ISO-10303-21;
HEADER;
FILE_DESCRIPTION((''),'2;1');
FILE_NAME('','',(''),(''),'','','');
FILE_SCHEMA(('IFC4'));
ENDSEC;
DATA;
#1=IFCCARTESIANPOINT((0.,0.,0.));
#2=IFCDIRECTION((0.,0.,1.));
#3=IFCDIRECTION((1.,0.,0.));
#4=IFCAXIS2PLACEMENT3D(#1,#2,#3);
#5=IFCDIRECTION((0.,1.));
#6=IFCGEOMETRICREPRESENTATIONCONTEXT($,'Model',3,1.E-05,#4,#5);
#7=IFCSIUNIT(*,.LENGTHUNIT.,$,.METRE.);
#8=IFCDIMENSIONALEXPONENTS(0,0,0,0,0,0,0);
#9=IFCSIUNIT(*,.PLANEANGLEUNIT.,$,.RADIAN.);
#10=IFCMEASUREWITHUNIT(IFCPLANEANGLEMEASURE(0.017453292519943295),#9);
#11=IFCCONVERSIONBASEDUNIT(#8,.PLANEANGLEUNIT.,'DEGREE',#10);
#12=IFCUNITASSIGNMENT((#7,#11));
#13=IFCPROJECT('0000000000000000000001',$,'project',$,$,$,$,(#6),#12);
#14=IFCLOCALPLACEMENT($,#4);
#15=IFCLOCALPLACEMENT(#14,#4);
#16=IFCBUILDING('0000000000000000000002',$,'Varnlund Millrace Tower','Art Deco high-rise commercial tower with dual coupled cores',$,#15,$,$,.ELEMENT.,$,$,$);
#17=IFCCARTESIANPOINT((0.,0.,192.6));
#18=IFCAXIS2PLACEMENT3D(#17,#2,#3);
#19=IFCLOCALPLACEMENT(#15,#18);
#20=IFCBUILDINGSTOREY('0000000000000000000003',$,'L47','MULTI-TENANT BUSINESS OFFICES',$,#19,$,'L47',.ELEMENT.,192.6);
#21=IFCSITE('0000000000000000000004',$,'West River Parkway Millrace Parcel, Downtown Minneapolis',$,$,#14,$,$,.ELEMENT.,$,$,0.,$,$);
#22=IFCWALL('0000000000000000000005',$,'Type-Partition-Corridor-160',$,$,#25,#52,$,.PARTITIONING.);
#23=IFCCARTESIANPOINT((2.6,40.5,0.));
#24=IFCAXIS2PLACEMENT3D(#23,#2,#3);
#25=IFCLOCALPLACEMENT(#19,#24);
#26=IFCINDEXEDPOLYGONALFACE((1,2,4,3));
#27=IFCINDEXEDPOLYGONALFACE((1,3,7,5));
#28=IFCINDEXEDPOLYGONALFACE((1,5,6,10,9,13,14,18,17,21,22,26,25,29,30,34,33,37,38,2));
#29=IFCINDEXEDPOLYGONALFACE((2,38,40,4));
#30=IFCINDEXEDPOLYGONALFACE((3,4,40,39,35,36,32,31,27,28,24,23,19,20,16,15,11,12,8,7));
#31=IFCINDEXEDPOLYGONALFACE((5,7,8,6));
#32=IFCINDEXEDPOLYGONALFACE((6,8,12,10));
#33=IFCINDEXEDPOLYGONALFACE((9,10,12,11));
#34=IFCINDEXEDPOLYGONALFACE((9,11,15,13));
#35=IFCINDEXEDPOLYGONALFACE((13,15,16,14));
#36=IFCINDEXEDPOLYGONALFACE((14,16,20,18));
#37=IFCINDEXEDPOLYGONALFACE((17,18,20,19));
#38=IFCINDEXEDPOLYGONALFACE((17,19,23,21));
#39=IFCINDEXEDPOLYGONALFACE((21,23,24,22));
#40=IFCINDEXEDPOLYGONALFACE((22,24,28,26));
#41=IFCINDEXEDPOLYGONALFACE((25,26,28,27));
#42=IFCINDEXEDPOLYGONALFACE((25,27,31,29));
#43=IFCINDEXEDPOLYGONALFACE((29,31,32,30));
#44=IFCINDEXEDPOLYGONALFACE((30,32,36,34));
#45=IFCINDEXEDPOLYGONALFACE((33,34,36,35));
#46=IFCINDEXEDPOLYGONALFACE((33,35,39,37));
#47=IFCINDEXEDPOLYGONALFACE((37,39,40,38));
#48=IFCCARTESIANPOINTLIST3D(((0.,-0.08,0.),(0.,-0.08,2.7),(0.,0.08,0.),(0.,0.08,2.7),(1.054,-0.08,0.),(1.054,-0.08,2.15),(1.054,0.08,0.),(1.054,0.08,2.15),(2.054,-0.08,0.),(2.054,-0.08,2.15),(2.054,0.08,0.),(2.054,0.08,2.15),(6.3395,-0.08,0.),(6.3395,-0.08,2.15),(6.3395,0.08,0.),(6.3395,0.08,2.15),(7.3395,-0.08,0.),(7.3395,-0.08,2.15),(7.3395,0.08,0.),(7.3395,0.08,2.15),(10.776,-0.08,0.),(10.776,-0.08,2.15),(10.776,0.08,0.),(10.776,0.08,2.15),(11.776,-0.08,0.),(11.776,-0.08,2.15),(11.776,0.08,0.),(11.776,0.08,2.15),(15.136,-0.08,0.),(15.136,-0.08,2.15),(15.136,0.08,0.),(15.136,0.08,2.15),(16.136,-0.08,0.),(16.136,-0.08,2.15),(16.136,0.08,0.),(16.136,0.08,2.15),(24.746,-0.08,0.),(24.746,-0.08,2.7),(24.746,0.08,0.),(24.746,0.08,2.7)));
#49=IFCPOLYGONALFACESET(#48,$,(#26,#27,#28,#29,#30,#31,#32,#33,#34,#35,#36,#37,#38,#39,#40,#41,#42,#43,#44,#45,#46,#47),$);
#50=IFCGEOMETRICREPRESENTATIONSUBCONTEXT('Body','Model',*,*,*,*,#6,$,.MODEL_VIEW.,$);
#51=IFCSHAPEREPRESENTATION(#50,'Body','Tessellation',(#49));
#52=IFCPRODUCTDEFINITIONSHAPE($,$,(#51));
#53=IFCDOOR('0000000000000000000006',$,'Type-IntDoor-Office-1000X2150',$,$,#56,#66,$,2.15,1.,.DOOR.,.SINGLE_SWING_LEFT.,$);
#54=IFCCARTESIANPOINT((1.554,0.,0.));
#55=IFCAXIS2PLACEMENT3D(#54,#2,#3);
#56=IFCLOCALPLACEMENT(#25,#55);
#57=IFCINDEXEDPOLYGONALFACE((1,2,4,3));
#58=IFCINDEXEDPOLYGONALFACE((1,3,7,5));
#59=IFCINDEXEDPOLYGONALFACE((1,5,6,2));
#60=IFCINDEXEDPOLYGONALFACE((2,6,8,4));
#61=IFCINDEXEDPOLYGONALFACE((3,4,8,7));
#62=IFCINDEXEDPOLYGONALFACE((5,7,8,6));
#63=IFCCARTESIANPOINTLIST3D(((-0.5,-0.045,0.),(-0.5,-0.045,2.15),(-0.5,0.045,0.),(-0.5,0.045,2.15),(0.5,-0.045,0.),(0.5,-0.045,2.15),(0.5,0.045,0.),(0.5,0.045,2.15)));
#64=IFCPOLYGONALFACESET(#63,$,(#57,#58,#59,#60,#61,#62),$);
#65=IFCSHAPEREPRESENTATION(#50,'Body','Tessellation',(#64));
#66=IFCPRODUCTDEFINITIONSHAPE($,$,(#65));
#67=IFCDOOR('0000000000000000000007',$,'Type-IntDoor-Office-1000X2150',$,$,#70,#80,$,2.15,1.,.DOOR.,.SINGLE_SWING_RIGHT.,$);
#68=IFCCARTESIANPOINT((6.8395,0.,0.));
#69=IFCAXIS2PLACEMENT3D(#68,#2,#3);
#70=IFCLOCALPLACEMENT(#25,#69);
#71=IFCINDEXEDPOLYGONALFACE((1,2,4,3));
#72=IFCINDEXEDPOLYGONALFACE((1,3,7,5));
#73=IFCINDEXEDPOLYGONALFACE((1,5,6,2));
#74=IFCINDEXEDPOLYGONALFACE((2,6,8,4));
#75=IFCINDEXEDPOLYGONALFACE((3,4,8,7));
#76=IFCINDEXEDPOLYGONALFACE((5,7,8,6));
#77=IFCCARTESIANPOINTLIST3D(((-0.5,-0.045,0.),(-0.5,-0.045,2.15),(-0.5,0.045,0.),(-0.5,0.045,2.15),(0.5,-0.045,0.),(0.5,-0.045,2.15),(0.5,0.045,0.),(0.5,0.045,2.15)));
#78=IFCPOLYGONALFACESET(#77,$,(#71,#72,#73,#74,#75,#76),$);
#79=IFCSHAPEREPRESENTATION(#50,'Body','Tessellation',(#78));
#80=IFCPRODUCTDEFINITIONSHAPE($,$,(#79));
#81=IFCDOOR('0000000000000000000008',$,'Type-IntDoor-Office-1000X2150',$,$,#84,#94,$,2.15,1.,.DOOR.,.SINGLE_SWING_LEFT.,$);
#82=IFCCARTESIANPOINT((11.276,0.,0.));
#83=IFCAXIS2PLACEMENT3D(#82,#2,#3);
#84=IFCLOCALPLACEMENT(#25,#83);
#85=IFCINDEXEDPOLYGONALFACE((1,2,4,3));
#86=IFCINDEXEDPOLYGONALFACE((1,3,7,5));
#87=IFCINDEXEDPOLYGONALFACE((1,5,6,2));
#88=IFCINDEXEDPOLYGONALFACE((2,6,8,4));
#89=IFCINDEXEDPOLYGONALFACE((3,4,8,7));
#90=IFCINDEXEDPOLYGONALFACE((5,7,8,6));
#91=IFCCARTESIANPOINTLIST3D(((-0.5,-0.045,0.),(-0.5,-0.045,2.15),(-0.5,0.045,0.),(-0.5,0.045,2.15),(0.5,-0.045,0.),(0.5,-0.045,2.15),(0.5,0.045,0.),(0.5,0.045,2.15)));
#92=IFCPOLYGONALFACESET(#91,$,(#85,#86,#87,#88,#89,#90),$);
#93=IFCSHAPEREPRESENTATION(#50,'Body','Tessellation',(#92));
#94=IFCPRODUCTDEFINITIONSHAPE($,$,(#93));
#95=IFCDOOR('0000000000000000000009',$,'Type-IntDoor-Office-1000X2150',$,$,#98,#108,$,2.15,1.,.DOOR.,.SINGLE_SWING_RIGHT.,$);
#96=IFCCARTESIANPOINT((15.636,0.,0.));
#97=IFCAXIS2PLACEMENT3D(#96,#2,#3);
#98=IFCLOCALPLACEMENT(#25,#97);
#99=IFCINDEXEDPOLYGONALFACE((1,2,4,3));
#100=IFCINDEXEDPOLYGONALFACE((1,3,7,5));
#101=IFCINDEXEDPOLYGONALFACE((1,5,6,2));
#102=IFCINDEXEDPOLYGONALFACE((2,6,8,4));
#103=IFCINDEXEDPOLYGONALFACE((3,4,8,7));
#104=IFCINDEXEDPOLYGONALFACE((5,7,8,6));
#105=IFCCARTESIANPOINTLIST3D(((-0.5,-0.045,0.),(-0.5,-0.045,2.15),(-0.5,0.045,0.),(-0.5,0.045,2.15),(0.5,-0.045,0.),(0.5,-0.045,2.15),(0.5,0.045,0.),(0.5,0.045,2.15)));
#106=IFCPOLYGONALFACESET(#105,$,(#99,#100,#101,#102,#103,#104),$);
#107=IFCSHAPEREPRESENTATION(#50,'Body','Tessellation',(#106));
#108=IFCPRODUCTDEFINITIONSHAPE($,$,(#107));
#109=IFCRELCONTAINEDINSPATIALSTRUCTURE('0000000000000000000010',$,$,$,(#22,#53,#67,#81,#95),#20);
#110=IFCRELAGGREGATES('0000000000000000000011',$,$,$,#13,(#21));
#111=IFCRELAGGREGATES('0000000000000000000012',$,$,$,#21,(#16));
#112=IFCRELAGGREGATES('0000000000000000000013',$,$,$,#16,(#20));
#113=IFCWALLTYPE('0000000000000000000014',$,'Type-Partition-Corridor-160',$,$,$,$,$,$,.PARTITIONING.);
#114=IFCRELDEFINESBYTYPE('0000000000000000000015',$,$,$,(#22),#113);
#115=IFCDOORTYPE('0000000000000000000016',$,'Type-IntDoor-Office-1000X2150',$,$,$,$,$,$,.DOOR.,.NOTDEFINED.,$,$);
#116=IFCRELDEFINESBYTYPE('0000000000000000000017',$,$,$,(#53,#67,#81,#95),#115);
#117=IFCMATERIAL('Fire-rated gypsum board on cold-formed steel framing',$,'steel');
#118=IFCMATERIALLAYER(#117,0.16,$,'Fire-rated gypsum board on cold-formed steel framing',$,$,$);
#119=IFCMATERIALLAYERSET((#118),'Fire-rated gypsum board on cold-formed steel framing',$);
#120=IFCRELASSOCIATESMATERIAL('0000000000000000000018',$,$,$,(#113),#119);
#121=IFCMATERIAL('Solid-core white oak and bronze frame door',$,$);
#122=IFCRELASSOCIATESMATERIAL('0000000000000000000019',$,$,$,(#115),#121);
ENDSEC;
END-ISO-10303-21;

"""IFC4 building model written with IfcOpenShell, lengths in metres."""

from ifc_helpers import new_model, entity, si_unit, converted_unit, direction, frame, origin_with_axes, origin_2d_with_axis, place, context, subcontext, project, spatial, polyline, rectangle, outline, extrude, material, layer, layer_set, type_object, element, fill, save


model = new_model("IFC4")

# Units and contexts
model_context = context("Model", 3, precision=1e-05, world=origin_with_axes(), true_north=direction((0.0, 1.0)))
body_context = subcontext(model_context, "Body", "Model", "MODEL_VIEW")
ifc_project = project(units=[si_unit("LENGTHUNIT", "METRE"), converted_unit("PLANEANGLEUNIT", "DEGREE", entity("IfcPlaneAngleMeasure", 0.017453292519943295), si_unit("PLANEANGLEUNIT", "RADIAN"), dimensions=[0, 0, 0, 0, 0, 0, 0])], contexts=[model_context])

# Site, building, storey
site_placement = place(None, origin_with_axes())
site = spatial("IfcSite", under=ifc_project, at=site_placement, Name="West River Parkway Millrace Parcel, Downtown Minneapolis", CompositionType="ELEMENT", RefElevation=0.0)
building_placement = place(site_placement, origin_with_axes())
building = spatial("IfcBuilding", under=site, at=building_placement, Name="Varnlund Millrace Tower", Description="Art Deco high-rise commercial tower with dual coupled cores", CompositionType="ELEMENT")
storey_placement = place(building_placement, frame((0.0, 0.0, 192.6), z_axis=(0.0, 0.0, 1.0), x_axis=(1.0, 0.0, 0.0)))
storey = spatial("IfcBuildingStorey", under=building, at=storey_placement, Name="L47", Description="MULTI-TENANT BUSINESS OFFICES", LongName="L47", CompositionType="ELEMENT", Elevation=192.6)

# Shared definitions
ifc_material_1 = material(Name="Fire-rated gypsum board on cold-formed steel framing", Category="steel")
ifc_layer_1 = layer(ifc_material_1, 0.16, Name="Fire-rated gypsum board on cold-formed steel framing")
ifc_layer_set_1 = layer_set([ifc_layer_1], Name="Fire-rated gypsum board on cold-formed steel framing")
wall_type_1 = type_object("IfcWallType", Name="Type-Partition-Corridor-160", PredefinedType="PARTITIONING", material=ifc_layer_set_1)

# Wall, openings, doors
wall_1_placement = place(storey_placement, frame((2.6, 40.5, 0.0), z_axis=(0.0, 0.0, 1.0), x_axis=(1.0, 0.0, 0.0)))
wall_1 = element("IfcWall", 1, at=wall_1_placement, inside=storey, type_object=wall_type_1, Name="Type-Partition-Corridor-160", PredefinedType="PARTITIONING", context=body_context, shape_type="SweptSolid", body=[
    extrude(outline(polyline([(0.0, -0.08), (24.746, -0.08), (24.746, 0.08), (0.0, 0.08), (0.0, -0.08)])), origin_with_axes(), (0.0, 0.0, 1.0), 2.7),
])
opening_1_placement = place(wall_1_placement, frame((1.554, 0.0, 0.0), z_axis=(0.0, 0.0, 1.0), x_axis=(1.0, 0.0, 0.0)))
opening_1 = element("IfcOpeningElement", 2, at=opening_1_placement, cuts=wall_1, PredefinedType="OPENING", context=body_context, shape_type="SweptSolid", body=[
    extrude(rectangle(XDim=1.0, YDim=0.18, at=origin_2d_with_axis()), origin_with_axes(), (0.0, 0.0, 1.0), 2.15),
])
opening_2_placement = place(wall_1_placement, frame((6.8395, 0.0, 0.0), z_axis=(0.0, 0.0, 1.0), x_axis=(1.0, 0.0, 0.0)))
opening_2 = element("IfcOpeningElement", 3, at=opening_2_placement, cuts=wall_1, PredefinedType="OPENING", context=body_context, shape_type="SweptSolid", body=[
    extrude(rectangle(XDim=1.0, YDim=0.18, at=origin_2d_with_axis()), origin_with_axes(), (0.0, 0.0, 1.0), 2.15),
])
opening_3_placement = place(wall_1_placement, frame((11.276, 0.0, 0.0), z_axis=(0.0, 0.0, 1.0), x_axis=(1.0, 0.0, 0.0)))
opening_3 = element("IfcOpeningElement", 4, at=opening_3_placement, cuts=wall_1, PredefinedType="OPENING", context=body_context, shape_type="SweptSolid", body=[
    extrude(rectangle(XDim=1.0, YDim=0.18, at=origin_2d_with_axis()), origin_with_axes(), (0.0, 0.0, 1.0), 2.15),
])
opening_4_placement = place(wall_1_placement, frame((15.636, 0.0, 0.0), z_axis=(0.0, 0.0, 1.0), x_axis=(1.0, 0.0, 0.0)))
opening_4 = element("IfcOpeningElement", 5, at=opening_4_placement, cuts=wall_1, PredefinedType="OPENING", context=body_context, shape_type="SweptSolid", body=[
    extrude(rectangle(XDim=1.0, YDim=0.18, at=origin_2d_with_axis()), origin_with_axes(), (0.0, 0.0, 1.0), 2.15),
])
ifc_material_2 = material(Name="Solid-core white oak and bronze frame door")
door_type_1 = type_object("IfcDoorType", Name="Type-IntDoor-Office-1000X2150", OperationType="NOTDEFINED", PredefinedType="DOOR", material=ifc_material_2)
door_1_placement = place(wall_1_placement, frame((1.554, 0.0, 0.0), z_axis=(0.0, 0.0, 1.0), x_axis=(1.0, 0.0, 0.0)))
door_1 = element("IfcDoor", 6, at=door_1_placement, inside=storey, type_object=door_type_1, Name="Type-IntDoor-Office-1000X2150", OperationType="SINGLE_SWING_LEFT", OverallHeight=2.15, OverallWidth=1.0, PredefinedType="DOOR", context=body_context, shape_type="SweptSolid", body=[
    extrude(rectangle(XDim=1.0, YDim=0.09, at=origin_2d_with_axis()), origin_with_axes(), (0.0, 0.0, 1.0), 2.15),
])
fill(opening_1, door_1)
door_2_placement = place(wall_1_placement, frame((6.8395, 0.0, 0.0), z_axis=(0.0, 0.0, 1.0), x_axis=(1.0, 0.0, 0.0)))
door_2 = element("IfcDoor", 7, at=door_2_placement, inside=storey, type_object=door_type_1, Name="Type-IntDoor-Office-1000X2150", OperationType="SINGLE_SWING_RIGHT", OverallHeight=2.15, OverallWidth=1.0, PredefinedType="DOOR", context=body_context, shape_type="SweptSolid", body=[
    extrude(rectangle(XDim=1.0, YDim=0.09, at=origin_2d_with_axis()), origin_with_axes(), (0.0, 0.0, 1.0), 2.15),
])
fill(opening_2, door_2)
door_3_placement = place(wall_1_placement, frame((11.276, 0.0, 0.0), z_axis=(0.0, 0.0, 1.0), x_axis=(1.0, 0.0, 0.0)))
door_3 = element("IfcDoor", 8, at=door_3_placement, inside=storey, type_object=door_type_1, Name="Type-IntDoor-Office-1000X2150", OperationType="SINGLE_SWING_LEFT", OverallHeight=2.15, OverallWidth=1.0, PredefinedType="DOOR", context=body_context, shape_type="SweptSolid", body=[
    extrude(rectangle(XDim=1.0, YDim=0.09, at=origin_2d_with_axis()), origin_with_axes(), (0.0, 0.0, 1.0), 2.15),
])
fill(opening_3, door_3)
door_4_placement = place(wall_1_placement, frame((15.636, 0.0, 0.0), z_axis=(0.0, 0.0, 1.0), x_axis=(1.0, 0.0, 0.0)))
door_4 = element("IfcDoor", 9, at=door_4_placement, inside=storey, type_object=door_type_1, Name="Type-IntDoor-Office-1000X2150", OperationType="SINGLE_SWING_RIGHT", OverallHeight=2.15, OverallWidth=1.0, PredefinedType="DOOR", context=body_context, shape_type="SweptSolid", body=[
    extrude(rectangle(XDim=1.0, YDim=0.09, at=origin_2d_with_axis()), origin_with_axes(), (0.0, 0.0, 1.0), 2.15),
])
fill(opening_4, door_4)

save(model, "model.ifc")
